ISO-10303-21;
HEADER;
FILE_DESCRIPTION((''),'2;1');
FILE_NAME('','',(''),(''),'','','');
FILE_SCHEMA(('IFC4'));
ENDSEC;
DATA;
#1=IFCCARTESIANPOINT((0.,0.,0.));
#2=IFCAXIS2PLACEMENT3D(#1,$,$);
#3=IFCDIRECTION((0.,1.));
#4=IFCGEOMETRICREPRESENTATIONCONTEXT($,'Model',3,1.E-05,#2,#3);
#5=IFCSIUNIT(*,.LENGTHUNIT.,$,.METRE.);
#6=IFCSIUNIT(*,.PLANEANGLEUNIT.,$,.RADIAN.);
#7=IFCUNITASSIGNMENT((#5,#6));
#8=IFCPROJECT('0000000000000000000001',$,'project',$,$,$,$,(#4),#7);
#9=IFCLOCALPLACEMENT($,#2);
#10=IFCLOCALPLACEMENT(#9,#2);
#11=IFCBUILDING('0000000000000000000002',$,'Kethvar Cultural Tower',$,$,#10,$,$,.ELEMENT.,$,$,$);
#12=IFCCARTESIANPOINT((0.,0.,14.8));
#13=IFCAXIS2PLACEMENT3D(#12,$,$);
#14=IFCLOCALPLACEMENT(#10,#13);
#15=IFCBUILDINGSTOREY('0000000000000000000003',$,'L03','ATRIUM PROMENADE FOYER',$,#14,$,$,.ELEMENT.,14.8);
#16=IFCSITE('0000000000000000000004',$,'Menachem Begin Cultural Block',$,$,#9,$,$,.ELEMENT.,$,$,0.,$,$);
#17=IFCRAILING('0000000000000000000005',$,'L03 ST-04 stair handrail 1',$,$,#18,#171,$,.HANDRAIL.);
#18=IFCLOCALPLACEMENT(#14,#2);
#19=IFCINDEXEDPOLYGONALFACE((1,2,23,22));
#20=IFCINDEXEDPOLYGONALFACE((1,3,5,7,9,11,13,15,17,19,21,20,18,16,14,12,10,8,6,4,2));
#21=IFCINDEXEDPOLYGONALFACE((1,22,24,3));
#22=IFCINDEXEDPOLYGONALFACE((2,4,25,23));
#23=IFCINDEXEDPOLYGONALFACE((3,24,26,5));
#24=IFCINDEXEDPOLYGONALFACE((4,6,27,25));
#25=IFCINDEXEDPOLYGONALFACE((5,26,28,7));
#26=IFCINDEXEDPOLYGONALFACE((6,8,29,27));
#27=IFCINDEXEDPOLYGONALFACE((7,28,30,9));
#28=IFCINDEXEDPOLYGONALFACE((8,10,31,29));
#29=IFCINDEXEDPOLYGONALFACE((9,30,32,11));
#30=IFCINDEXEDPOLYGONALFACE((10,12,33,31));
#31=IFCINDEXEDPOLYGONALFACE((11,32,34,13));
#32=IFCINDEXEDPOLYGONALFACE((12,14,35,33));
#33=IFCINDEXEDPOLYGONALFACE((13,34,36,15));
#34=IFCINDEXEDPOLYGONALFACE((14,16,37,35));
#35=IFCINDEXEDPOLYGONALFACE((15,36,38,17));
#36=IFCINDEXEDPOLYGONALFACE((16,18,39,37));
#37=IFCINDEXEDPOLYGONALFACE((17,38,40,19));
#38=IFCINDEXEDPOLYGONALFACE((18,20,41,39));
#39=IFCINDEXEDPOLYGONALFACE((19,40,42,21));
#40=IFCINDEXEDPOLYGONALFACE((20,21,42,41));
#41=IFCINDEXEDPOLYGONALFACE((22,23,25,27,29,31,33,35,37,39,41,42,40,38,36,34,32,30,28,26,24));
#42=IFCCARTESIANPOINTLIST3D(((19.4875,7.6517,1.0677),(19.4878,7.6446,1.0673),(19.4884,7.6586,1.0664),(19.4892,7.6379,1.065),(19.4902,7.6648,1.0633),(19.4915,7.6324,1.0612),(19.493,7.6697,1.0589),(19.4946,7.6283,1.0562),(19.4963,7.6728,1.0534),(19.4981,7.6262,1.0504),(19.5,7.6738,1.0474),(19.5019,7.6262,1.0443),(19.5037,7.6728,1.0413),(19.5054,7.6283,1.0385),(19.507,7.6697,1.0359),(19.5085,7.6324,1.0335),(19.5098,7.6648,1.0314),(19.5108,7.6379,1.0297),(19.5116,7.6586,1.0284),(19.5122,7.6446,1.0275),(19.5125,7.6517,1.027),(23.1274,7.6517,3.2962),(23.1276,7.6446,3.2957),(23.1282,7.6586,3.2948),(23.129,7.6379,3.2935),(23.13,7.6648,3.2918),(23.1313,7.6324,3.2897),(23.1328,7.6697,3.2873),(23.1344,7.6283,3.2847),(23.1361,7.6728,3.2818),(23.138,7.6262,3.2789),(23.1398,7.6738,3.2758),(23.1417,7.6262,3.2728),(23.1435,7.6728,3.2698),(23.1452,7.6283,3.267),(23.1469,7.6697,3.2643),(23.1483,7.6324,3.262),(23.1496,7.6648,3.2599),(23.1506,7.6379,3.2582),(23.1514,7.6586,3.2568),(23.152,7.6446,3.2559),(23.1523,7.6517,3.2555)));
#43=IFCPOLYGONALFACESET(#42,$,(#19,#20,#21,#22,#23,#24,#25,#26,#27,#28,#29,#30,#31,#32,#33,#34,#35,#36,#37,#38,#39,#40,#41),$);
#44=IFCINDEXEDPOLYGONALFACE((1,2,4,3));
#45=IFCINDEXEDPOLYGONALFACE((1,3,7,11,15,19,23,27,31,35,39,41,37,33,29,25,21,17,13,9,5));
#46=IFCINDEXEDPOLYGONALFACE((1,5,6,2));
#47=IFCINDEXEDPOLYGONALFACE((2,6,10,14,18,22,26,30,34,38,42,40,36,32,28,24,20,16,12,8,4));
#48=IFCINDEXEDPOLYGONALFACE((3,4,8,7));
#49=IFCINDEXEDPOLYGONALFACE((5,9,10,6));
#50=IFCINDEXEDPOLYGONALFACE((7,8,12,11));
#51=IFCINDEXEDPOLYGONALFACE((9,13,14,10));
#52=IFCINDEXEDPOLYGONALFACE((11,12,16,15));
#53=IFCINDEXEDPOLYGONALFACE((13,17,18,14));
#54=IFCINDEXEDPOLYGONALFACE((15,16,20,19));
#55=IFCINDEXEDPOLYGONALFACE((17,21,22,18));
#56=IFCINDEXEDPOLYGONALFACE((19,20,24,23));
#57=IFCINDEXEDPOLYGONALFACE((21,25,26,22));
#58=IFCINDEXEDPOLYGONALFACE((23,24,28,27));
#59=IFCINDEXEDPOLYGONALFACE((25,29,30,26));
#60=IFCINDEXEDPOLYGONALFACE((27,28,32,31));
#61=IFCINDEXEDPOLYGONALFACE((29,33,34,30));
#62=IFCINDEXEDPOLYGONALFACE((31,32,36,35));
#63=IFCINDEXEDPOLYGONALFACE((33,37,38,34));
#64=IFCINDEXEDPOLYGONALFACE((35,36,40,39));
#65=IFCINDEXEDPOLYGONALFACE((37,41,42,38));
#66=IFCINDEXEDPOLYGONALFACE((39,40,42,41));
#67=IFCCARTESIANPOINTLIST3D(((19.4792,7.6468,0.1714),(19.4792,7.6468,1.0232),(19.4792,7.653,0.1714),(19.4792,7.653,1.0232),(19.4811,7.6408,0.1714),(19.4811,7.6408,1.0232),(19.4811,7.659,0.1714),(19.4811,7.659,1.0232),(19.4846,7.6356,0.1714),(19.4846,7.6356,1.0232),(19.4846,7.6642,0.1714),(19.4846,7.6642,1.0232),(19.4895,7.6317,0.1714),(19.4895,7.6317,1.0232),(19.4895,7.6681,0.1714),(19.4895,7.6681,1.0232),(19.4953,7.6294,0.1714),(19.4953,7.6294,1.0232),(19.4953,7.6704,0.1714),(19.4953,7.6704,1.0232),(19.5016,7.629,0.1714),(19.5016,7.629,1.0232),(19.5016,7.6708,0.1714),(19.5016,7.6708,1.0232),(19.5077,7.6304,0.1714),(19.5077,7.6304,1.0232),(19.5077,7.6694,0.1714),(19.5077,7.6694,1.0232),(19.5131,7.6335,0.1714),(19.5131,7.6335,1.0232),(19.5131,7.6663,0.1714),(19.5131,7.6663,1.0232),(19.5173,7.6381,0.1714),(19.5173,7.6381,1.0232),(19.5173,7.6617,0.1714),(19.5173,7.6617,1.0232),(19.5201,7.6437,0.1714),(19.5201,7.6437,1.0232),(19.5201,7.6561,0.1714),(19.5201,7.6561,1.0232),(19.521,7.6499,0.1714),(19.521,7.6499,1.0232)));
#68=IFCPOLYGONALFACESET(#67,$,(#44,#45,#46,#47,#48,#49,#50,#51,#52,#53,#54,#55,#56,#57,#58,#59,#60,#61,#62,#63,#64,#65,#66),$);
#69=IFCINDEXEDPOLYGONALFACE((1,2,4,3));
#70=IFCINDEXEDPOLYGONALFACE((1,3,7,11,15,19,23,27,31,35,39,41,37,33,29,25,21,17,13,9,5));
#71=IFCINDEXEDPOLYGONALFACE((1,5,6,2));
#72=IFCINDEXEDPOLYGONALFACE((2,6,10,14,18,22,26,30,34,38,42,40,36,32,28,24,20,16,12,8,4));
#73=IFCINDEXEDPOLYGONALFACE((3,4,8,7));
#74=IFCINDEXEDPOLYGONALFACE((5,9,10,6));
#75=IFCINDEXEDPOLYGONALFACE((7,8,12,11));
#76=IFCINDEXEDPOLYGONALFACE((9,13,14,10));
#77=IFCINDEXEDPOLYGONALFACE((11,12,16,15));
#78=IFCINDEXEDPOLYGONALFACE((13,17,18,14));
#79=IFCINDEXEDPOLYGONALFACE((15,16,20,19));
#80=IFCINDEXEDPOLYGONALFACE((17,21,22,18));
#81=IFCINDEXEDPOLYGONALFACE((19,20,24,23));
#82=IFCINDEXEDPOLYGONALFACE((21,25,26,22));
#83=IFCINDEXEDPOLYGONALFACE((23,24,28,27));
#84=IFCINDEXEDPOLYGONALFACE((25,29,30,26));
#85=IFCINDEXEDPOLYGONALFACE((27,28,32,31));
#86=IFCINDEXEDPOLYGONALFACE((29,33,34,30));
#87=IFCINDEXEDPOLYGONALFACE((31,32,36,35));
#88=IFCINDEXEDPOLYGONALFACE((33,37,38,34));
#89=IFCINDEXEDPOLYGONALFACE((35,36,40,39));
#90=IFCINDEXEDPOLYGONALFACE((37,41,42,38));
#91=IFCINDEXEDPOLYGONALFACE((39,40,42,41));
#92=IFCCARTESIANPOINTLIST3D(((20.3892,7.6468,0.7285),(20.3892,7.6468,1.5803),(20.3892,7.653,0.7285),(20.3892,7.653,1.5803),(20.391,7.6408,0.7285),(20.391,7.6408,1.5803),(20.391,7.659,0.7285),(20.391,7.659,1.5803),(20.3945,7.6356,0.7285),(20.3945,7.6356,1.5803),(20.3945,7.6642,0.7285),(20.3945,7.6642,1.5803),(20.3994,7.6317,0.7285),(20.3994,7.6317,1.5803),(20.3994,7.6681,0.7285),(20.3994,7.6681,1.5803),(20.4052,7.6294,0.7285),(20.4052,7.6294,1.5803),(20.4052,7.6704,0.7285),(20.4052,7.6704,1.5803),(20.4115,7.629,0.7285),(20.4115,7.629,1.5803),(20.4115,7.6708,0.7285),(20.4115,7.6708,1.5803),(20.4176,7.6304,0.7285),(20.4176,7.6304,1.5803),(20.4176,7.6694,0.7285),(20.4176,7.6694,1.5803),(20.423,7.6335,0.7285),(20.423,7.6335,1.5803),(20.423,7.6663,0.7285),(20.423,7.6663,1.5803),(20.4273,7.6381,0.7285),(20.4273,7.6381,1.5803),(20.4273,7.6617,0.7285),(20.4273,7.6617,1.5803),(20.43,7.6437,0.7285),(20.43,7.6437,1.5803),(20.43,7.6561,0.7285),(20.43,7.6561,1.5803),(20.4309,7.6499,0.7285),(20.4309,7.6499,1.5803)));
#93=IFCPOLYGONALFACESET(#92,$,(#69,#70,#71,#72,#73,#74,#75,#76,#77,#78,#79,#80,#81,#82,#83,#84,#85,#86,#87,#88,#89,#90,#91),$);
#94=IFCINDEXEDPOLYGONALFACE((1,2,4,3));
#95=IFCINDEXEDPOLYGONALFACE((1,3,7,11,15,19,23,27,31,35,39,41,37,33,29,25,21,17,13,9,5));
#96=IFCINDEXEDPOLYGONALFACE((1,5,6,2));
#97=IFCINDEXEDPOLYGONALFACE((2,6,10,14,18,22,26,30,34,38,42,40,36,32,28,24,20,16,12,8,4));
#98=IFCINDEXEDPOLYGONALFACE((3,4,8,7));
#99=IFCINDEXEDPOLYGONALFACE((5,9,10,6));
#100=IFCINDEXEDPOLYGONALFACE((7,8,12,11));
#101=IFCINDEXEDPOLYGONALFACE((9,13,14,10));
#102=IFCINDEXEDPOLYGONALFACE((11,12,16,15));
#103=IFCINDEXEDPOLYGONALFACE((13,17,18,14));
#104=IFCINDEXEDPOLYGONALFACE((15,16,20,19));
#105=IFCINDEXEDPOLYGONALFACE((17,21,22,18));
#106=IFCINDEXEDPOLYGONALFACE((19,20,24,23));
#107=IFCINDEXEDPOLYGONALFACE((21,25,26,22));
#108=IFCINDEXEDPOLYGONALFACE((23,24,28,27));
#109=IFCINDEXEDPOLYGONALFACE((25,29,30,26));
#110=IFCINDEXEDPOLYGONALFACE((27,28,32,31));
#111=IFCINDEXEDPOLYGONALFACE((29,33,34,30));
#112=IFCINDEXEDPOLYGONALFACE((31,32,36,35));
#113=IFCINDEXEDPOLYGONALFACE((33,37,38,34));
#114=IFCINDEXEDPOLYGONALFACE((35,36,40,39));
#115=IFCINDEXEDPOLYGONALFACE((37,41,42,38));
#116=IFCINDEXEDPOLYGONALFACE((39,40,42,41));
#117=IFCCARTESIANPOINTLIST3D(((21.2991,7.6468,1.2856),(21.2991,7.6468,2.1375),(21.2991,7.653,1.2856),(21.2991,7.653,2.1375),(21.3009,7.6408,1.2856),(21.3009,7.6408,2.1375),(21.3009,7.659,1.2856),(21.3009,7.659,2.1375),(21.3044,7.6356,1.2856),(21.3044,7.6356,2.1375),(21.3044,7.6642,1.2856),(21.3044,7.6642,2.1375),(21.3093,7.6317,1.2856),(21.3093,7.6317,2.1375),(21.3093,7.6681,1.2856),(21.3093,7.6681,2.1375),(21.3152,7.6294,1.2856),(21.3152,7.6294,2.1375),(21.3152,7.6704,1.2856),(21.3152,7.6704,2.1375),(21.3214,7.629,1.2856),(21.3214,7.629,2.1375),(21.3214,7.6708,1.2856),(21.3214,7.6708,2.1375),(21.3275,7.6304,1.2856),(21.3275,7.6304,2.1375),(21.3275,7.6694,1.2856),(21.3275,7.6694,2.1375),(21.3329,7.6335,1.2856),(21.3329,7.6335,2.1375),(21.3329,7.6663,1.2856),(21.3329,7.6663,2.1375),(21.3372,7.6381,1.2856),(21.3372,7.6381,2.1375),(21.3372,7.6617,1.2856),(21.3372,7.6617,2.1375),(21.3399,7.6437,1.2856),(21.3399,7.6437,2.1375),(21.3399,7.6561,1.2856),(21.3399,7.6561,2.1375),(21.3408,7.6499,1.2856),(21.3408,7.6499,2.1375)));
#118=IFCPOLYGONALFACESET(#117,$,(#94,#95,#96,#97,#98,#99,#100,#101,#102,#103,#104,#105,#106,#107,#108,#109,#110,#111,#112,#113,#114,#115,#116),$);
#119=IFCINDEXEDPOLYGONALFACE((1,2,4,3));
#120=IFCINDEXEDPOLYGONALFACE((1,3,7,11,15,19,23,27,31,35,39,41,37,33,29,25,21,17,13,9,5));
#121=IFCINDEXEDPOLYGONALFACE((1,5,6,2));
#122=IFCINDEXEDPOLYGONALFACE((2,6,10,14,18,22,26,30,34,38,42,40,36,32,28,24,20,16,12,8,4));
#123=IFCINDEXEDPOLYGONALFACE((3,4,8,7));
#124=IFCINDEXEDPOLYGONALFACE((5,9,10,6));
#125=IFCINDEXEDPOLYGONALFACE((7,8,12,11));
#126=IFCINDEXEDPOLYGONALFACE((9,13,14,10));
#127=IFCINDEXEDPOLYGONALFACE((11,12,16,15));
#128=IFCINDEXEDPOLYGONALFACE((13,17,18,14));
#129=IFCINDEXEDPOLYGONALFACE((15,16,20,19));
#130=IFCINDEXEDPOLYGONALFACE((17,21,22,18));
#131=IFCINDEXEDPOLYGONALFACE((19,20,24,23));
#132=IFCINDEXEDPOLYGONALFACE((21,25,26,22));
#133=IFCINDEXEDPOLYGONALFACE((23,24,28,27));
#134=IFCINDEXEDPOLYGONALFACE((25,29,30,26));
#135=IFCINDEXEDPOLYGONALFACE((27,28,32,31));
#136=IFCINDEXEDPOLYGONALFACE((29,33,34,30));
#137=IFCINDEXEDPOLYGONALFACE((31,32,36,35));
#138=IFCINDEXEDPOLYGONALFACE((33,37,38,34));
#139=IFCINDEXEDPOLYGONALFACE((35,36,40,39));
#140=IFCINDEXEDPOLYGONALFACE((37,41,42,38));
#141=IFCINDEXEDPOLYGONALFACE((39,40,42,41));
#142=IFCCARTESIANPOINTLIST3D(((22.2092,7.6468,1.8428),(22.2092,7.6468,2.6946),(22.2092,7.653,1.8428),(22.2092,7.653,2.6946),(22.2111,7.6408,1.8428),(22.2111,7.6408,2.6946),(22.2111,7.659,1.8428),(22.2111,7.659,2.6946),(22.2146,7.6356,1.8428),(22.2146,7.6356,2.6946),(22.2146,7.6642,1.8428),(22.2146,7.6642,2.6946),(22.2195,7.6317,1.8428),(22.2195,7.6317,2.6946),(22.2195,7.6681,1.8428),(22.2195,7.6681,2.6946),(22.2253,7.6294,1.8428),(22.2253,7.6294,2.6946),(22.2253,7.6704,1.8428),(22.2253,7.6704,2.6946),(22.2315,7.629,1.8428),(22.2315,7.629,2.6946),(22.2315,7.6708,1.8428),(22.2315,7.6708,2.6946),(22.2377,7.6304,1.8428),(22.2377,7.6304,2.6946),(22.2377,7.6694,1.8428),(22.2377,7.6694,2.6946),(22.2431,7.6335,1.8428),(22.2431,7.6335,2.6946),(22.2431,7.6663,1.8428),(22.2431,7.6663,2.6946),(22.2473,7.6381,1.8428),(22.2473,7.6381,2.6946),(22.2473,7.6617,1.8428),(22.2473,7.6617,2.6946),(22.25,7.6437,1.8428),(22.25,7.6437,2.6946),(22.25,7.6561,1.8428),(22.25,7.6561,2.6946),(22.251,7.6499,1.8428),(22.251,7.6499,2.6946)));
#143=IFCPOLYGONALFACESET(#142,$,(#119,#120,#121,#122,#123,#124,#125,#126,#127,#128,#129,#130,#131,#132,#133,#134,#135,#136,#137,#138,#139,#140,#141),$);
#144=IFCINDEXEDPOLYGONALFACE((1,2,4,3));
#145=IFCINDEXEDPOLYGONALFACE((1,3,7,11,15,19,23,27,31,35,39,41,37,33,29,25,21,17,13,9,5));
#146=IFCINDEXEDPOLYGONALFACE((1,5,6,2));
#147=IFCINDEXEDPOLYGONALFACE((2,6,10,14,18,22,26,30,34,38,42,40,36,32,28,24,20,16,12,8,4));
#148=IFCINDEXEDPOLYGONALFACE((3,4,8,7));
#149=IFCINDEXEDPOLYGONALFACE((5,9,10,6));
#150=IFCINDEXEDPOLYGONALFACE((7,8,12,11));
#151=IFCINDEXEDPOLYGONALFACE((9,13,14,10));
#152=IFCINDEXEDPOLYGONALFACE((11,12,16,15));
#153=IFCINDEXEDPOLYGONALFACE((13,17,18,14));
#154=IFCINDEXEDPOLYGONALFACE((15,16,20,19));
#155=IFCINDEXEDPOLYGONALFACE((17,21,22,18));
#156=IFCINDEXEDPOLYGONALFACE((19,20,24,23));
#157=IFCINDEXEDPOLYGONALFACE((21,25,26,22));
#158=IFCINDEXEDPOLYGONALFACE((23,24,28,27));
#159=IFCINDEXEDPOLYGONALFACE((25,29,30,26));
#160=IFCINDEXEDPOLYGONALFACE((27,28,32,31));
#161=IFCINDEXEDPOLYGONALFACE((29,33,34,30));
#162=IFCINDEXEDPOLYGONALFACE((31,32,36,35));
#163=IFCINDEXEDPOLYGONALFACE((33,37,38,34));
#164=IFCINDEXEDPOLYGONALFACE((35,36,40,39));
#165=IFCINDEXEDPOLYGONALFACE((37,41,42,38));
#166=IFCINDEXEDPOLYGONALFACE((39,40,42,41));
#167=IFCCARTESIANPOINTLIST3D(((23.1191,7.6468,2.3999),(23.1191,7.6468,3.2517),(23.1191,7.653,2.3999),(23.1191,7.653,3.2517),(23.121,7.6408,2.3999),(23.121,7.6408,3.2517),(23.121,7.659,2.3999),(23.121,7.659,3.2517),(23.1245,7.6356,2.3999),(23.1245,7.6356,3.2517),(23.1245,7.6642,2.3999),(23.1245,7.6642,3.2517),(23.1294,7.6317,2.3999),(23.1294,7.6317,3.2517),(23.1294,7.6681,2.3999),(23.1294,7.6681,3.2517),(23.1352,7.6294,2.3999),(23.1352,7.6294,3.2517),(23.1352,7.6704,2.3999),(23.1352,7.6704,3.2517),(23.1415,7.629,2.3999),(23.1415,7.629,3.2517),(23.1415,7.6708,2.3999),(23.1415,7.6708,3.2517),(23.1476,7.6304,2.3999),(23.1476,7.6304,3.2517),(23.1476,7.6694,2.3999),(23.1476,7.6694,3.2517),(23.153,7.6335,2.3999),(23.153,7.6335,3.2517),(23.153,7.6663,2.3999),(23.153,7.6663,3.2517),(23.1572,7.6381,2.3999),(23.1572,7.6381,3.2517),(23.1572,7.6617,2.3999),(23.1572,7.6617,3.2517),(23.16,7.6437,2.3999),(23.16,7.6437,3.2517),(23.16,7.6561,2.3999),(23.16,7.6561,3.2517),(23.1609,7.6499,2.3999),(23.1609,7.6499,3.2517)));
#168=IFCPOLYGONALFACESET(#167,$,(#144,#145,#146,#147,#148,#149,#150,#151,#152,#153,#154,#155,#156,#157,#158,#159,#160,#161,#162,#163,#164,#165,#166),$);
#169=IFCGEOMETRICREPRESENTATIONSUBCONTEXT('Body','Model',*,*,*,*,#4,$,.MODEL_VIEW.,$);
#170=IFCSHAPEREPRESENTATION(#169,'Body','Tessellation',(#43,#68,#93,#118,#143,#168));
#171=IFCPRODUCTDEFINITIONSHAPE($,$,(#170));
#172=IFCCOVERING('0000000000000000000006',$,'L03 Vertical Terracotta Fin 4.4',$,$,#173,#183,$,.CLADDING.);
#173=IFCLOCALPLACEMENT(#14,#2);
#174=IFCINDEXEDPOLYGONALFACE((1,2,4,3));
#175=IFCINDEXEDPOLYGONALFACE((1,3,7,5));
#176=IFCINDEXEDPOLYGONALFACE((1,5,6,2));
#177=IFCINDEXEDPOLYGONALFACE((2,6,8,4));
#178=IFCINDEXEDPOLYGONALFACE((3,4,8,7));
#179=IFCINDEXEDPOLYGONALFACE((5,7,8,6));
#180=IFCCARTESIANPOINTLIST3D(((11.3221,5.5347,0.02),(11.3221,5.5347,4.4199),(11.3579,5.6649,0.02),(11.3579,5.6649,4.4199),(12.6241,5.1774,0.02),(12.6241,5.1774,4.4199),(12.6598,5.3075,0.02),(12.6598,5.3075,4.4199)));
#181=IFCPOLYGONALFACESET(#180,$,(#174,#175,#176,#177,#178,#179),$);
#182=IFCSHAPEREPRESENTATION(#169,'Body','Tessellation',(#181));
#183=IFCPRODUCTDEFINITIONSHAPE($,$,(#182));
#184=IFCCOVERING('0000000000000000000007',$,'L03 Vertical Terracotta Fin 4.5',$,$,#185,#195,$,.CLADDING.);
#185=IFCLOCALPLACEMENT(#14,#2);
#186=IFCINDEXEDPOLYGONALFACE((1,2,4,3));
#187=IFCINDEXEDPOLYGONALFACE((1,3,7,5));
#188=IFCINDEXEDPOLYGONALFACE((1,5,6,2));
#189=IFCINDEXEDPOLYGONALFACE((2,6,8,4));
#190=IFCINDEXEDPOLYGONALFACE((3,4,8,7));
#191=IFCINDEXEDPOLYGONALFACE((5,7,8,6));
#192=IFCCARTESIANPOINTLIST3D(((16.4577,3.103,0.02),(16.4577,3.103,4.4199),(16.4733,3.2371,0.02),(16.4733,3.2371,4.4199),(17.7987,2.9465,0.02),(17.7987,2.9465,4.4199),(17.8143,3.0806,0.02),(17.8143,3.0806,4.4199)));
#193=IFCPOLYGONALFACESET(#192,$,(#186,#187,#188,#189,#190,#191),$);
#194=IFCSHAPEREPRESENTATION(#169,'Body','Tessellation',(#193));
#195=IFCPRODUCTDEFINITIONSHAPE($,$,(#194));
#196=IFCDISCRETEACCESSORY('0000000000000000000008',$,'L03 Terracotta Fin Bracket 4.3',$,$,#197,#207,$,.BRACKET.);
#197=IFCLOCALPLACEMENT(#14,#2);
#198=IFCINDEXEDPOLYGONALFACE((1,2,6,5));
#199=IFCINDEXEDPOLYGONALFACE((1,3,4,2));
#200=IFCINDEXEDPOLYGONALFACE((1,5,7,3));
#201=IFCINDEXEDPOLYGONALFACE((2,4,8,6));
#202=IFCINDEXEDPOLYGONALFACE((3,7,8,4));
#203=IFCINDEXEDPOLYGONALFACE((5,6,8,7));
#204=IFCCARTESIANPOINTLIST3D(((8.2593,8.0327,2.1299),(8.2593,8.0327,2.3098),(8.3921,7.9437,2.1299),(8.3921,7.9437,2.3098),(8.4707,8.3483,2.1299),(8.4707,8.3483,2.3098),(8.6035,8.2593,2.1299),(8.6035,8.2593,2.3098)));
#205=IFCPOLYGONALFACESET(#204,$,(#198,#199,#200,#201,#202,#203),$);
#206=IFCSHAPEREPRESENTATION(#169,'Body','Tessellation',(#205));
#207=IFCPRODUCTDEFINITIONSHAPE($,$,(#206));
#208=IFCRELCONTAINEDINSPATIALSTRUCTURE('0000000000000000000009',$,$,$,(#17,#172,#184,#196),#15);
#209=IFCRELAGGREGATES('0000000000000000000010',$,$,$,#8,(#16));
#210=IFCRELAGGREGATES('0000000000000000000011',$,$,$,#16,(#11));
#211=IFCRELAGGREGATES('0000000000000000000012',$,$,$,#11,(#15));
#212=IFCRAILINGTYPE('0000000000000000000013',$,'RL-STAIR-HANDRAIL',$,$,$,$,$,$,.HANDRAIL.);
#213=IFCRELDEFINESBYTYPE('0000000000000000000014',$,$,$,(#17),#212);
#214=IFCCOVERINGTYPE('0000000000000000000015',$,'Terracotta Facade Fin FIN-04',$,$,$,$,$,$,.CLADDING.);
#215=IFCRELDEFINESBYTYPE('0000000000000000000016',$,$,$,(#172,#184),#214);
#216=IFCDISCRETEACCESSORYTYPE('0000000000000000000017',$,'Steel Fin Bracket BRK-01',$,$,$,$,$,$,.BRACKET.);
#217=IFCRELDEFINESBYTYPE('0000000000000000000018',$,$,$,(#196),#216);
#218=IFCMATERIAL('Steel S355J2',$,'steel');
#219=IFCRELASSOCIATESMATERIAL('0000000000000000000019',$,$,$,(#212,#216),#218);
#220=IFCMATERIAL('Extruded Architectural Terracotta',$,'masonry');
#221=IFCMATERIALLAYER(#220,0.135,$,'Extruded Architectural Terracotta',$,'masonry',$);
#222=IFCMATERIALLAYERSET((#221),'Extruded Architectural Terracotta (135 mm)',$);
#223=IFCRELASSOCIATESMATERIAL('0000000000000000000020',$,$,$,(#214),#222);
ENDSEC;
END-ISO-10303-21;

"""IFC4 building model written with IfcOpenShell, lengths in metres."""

from ifc_helpers import new_model, si_unit, direction, frame, origin, origin_2d, place, context, subcontext, project, spatial, rectangle, circle, extrude, source, transform, mapped, material, layer, layer_set, type_object, element, save


model = new_model("IFC4")

# Units and contexts
model_context = context("Model", 3, precision=1e-05, world=origin(), true_north=direction((0.0, 1.0)))
body_context = subcontext(model_context, "Body", "Model", "MODEL_VIEW")
ifc_project = project(units=[si_unit("LENGTHUNIT", "METRE"), si_unit("PLANEANGLEUNIT", "RADIAN")], contexts=[model_context])

# Site, building, storey
site_placement = place(None, origin())
site = spatial("IfcSite", under=ifc_project, at=site_placement, Name="Menachem Begin Cultural Block", CompositionType="ELEMENT", RefElevation=0.0)
building_placement = place(site_placement, origin())
building = spatial("IfcBuilding", under=site, at=building_placement, Name="Kethvar Cultural Tower", CompositionType="ELEMENT")
storey_placement = place(building_placement, frame((0.0, 0.0, 14.8)))
storey = spatial("IfcBuildingStorey", under=building, at=storey_placement, Name="L03", Description="ATRIUM PROMENADE FOYER", CompositionType="ELEMENT", Elevation=14.8)

# Shared definitions
ifc_material_1 = material(Name="Steel S355J2", Category="steel")

# Railing
railing_type = type_object("IfcRailingType", Name="RL-STAIR-HANDRAIL", PredefinedType="HANDRAIL", material=ifc_material_1)
railing_placement = place(storey_placement, frame((19.5, 7.6499, 0.1714)))
element("IfcRailing", 1, at=railing_placement, inside=storey, type_object=railing_type, Name="L03 ST-04 stair handrail 1", PredefinedType="HANDRAIL", context=body_context, shape_type="SweptSolid", body=[
    extrude(circle(Radius=0.0239, at=origin_2d()), frame((0.0, 0.0, 0.876), z_axis=(0.85285, 0.0, 0.522156), x_axis=(0.0, 1.0, 0.0)), (0.0, 0.0, 1.0), 4.2678),
    extrude(circle(Radius=0.021, at=origin_2d()), origin(), (0.0, 0.0, 1.0), 0.8518),
    extrude(circle(Radius=0.021, at=origin_2d()), frame((0.9099, 0.0, 0.5571)), (0.0, 0.0, 1.0), 0.8518),
    extrude(circle(Radius=0.021, at=origin_2d()), frame((1.8198, 0.0, 1.1143)), (0.0, 0.0, 1.0), 0.8518),
    extrude(circle(Radius=0.021, at=origin_2d()), frame((2.73, 0.0, 1.6714)), (0.0, 0.0, 1.0), 0.8518),
    extrude(circle(Radius=0.021, at=origin_2d()), frame((3.6399, 0.0, 2.2285)), (0.0, 0.0, 1.0), 0.8518),
])

# Coverings
ifc_material_2 = material(Name="Extruded Architectural Terracotta", Category="masonry")
ifc_layer_1 = layer(ifc_material_2, 0.135, Name="Extruded Architectural Terracotta", Category="masonry")
ifc_layer_set_1 = layer_set([ifc_layer_1], Name="Extruded Architectural Terracotta (135 mm)")
covering_type_1 = type_object("IfcCoveringType", Name="Terracotta Facade Fin FIN-04", PredefinedType="CLADDING", material=ifc_layer_set_1)
shared_shape_1 = source(origin(), body_context, "Body", "SweptSolid", [
    extrude(rectangle(XDim=1.3501, YDim=0.135, at=origin_2d()), origin(), (0.0, 0.0, 1.0), 4.3999),
])
for number, where, z_axis, x_axis, name in (
    (2, (11.991, 5.4211, 0.02), (0.0, 0.0, 1.0), (-0.964327, 0.264715, 0.0), "L03 Vertical Terracotta Fin 4.4"),
    (3, (17.136, 3.0918, 0.02), (0.0, 0.0, 1.0), (-0.993252, 0.115977, 0.0), "L03 Vertical Terracotta Fin 4.5"),
):
    element("IfcCovering", number, at=place(storey_placement, frame(where, z_axis=z_axis, x_axis=x_axis)), inside=storey, type_object=covering_type_1, Name=name, PredefinedType="CLADDING", context=body_context, shape_type="MappedRepresentation", body=[
        mapped(shared_shape_1, transform((0.0, 0.0, 0.0), scale=1.0)),
    ])

# Discrete accessory
discrete_accessory_type = type_object("IfcDiscreteAccessoryType", Name="Steel Fin Bracket BRK-01", PredefinedType="BRACKET", material=ifc_material_1)
shared_shape_2 = source(origin(), body_context, "Body", "SweptSolid", [
    extrude(rectangle(XDim=0.3799, YDim=0.1599, at=origin_2d()), origin(), (0.0, 0.0, 1.0), 0.1799),
])
for number, where, z_axis, x_axis, name in (
    (4, (8.4314, 8.146, 2.1299), (0.0, 0.0, 1.0), (-0.556586, -0.83079, 0.0), "L03 Terracotta Fin Bracket 4.3"),
):
    element("IfcDiscreteAccessory", number, at=place(storey_placement, frame(where, z_axis=z_axis, x_axis=x_axis)), inside=storey, type_object=discrete_accessory_type, Name=name, PredefinedType="BRACKET", context=body_context, shape_type="MappedRepresentation", body=[
        mapped(shared_shape_2, transform((0.0, 0.0, 0.0), scale=1.0)),
    ])

save(model, "model.ifc")
